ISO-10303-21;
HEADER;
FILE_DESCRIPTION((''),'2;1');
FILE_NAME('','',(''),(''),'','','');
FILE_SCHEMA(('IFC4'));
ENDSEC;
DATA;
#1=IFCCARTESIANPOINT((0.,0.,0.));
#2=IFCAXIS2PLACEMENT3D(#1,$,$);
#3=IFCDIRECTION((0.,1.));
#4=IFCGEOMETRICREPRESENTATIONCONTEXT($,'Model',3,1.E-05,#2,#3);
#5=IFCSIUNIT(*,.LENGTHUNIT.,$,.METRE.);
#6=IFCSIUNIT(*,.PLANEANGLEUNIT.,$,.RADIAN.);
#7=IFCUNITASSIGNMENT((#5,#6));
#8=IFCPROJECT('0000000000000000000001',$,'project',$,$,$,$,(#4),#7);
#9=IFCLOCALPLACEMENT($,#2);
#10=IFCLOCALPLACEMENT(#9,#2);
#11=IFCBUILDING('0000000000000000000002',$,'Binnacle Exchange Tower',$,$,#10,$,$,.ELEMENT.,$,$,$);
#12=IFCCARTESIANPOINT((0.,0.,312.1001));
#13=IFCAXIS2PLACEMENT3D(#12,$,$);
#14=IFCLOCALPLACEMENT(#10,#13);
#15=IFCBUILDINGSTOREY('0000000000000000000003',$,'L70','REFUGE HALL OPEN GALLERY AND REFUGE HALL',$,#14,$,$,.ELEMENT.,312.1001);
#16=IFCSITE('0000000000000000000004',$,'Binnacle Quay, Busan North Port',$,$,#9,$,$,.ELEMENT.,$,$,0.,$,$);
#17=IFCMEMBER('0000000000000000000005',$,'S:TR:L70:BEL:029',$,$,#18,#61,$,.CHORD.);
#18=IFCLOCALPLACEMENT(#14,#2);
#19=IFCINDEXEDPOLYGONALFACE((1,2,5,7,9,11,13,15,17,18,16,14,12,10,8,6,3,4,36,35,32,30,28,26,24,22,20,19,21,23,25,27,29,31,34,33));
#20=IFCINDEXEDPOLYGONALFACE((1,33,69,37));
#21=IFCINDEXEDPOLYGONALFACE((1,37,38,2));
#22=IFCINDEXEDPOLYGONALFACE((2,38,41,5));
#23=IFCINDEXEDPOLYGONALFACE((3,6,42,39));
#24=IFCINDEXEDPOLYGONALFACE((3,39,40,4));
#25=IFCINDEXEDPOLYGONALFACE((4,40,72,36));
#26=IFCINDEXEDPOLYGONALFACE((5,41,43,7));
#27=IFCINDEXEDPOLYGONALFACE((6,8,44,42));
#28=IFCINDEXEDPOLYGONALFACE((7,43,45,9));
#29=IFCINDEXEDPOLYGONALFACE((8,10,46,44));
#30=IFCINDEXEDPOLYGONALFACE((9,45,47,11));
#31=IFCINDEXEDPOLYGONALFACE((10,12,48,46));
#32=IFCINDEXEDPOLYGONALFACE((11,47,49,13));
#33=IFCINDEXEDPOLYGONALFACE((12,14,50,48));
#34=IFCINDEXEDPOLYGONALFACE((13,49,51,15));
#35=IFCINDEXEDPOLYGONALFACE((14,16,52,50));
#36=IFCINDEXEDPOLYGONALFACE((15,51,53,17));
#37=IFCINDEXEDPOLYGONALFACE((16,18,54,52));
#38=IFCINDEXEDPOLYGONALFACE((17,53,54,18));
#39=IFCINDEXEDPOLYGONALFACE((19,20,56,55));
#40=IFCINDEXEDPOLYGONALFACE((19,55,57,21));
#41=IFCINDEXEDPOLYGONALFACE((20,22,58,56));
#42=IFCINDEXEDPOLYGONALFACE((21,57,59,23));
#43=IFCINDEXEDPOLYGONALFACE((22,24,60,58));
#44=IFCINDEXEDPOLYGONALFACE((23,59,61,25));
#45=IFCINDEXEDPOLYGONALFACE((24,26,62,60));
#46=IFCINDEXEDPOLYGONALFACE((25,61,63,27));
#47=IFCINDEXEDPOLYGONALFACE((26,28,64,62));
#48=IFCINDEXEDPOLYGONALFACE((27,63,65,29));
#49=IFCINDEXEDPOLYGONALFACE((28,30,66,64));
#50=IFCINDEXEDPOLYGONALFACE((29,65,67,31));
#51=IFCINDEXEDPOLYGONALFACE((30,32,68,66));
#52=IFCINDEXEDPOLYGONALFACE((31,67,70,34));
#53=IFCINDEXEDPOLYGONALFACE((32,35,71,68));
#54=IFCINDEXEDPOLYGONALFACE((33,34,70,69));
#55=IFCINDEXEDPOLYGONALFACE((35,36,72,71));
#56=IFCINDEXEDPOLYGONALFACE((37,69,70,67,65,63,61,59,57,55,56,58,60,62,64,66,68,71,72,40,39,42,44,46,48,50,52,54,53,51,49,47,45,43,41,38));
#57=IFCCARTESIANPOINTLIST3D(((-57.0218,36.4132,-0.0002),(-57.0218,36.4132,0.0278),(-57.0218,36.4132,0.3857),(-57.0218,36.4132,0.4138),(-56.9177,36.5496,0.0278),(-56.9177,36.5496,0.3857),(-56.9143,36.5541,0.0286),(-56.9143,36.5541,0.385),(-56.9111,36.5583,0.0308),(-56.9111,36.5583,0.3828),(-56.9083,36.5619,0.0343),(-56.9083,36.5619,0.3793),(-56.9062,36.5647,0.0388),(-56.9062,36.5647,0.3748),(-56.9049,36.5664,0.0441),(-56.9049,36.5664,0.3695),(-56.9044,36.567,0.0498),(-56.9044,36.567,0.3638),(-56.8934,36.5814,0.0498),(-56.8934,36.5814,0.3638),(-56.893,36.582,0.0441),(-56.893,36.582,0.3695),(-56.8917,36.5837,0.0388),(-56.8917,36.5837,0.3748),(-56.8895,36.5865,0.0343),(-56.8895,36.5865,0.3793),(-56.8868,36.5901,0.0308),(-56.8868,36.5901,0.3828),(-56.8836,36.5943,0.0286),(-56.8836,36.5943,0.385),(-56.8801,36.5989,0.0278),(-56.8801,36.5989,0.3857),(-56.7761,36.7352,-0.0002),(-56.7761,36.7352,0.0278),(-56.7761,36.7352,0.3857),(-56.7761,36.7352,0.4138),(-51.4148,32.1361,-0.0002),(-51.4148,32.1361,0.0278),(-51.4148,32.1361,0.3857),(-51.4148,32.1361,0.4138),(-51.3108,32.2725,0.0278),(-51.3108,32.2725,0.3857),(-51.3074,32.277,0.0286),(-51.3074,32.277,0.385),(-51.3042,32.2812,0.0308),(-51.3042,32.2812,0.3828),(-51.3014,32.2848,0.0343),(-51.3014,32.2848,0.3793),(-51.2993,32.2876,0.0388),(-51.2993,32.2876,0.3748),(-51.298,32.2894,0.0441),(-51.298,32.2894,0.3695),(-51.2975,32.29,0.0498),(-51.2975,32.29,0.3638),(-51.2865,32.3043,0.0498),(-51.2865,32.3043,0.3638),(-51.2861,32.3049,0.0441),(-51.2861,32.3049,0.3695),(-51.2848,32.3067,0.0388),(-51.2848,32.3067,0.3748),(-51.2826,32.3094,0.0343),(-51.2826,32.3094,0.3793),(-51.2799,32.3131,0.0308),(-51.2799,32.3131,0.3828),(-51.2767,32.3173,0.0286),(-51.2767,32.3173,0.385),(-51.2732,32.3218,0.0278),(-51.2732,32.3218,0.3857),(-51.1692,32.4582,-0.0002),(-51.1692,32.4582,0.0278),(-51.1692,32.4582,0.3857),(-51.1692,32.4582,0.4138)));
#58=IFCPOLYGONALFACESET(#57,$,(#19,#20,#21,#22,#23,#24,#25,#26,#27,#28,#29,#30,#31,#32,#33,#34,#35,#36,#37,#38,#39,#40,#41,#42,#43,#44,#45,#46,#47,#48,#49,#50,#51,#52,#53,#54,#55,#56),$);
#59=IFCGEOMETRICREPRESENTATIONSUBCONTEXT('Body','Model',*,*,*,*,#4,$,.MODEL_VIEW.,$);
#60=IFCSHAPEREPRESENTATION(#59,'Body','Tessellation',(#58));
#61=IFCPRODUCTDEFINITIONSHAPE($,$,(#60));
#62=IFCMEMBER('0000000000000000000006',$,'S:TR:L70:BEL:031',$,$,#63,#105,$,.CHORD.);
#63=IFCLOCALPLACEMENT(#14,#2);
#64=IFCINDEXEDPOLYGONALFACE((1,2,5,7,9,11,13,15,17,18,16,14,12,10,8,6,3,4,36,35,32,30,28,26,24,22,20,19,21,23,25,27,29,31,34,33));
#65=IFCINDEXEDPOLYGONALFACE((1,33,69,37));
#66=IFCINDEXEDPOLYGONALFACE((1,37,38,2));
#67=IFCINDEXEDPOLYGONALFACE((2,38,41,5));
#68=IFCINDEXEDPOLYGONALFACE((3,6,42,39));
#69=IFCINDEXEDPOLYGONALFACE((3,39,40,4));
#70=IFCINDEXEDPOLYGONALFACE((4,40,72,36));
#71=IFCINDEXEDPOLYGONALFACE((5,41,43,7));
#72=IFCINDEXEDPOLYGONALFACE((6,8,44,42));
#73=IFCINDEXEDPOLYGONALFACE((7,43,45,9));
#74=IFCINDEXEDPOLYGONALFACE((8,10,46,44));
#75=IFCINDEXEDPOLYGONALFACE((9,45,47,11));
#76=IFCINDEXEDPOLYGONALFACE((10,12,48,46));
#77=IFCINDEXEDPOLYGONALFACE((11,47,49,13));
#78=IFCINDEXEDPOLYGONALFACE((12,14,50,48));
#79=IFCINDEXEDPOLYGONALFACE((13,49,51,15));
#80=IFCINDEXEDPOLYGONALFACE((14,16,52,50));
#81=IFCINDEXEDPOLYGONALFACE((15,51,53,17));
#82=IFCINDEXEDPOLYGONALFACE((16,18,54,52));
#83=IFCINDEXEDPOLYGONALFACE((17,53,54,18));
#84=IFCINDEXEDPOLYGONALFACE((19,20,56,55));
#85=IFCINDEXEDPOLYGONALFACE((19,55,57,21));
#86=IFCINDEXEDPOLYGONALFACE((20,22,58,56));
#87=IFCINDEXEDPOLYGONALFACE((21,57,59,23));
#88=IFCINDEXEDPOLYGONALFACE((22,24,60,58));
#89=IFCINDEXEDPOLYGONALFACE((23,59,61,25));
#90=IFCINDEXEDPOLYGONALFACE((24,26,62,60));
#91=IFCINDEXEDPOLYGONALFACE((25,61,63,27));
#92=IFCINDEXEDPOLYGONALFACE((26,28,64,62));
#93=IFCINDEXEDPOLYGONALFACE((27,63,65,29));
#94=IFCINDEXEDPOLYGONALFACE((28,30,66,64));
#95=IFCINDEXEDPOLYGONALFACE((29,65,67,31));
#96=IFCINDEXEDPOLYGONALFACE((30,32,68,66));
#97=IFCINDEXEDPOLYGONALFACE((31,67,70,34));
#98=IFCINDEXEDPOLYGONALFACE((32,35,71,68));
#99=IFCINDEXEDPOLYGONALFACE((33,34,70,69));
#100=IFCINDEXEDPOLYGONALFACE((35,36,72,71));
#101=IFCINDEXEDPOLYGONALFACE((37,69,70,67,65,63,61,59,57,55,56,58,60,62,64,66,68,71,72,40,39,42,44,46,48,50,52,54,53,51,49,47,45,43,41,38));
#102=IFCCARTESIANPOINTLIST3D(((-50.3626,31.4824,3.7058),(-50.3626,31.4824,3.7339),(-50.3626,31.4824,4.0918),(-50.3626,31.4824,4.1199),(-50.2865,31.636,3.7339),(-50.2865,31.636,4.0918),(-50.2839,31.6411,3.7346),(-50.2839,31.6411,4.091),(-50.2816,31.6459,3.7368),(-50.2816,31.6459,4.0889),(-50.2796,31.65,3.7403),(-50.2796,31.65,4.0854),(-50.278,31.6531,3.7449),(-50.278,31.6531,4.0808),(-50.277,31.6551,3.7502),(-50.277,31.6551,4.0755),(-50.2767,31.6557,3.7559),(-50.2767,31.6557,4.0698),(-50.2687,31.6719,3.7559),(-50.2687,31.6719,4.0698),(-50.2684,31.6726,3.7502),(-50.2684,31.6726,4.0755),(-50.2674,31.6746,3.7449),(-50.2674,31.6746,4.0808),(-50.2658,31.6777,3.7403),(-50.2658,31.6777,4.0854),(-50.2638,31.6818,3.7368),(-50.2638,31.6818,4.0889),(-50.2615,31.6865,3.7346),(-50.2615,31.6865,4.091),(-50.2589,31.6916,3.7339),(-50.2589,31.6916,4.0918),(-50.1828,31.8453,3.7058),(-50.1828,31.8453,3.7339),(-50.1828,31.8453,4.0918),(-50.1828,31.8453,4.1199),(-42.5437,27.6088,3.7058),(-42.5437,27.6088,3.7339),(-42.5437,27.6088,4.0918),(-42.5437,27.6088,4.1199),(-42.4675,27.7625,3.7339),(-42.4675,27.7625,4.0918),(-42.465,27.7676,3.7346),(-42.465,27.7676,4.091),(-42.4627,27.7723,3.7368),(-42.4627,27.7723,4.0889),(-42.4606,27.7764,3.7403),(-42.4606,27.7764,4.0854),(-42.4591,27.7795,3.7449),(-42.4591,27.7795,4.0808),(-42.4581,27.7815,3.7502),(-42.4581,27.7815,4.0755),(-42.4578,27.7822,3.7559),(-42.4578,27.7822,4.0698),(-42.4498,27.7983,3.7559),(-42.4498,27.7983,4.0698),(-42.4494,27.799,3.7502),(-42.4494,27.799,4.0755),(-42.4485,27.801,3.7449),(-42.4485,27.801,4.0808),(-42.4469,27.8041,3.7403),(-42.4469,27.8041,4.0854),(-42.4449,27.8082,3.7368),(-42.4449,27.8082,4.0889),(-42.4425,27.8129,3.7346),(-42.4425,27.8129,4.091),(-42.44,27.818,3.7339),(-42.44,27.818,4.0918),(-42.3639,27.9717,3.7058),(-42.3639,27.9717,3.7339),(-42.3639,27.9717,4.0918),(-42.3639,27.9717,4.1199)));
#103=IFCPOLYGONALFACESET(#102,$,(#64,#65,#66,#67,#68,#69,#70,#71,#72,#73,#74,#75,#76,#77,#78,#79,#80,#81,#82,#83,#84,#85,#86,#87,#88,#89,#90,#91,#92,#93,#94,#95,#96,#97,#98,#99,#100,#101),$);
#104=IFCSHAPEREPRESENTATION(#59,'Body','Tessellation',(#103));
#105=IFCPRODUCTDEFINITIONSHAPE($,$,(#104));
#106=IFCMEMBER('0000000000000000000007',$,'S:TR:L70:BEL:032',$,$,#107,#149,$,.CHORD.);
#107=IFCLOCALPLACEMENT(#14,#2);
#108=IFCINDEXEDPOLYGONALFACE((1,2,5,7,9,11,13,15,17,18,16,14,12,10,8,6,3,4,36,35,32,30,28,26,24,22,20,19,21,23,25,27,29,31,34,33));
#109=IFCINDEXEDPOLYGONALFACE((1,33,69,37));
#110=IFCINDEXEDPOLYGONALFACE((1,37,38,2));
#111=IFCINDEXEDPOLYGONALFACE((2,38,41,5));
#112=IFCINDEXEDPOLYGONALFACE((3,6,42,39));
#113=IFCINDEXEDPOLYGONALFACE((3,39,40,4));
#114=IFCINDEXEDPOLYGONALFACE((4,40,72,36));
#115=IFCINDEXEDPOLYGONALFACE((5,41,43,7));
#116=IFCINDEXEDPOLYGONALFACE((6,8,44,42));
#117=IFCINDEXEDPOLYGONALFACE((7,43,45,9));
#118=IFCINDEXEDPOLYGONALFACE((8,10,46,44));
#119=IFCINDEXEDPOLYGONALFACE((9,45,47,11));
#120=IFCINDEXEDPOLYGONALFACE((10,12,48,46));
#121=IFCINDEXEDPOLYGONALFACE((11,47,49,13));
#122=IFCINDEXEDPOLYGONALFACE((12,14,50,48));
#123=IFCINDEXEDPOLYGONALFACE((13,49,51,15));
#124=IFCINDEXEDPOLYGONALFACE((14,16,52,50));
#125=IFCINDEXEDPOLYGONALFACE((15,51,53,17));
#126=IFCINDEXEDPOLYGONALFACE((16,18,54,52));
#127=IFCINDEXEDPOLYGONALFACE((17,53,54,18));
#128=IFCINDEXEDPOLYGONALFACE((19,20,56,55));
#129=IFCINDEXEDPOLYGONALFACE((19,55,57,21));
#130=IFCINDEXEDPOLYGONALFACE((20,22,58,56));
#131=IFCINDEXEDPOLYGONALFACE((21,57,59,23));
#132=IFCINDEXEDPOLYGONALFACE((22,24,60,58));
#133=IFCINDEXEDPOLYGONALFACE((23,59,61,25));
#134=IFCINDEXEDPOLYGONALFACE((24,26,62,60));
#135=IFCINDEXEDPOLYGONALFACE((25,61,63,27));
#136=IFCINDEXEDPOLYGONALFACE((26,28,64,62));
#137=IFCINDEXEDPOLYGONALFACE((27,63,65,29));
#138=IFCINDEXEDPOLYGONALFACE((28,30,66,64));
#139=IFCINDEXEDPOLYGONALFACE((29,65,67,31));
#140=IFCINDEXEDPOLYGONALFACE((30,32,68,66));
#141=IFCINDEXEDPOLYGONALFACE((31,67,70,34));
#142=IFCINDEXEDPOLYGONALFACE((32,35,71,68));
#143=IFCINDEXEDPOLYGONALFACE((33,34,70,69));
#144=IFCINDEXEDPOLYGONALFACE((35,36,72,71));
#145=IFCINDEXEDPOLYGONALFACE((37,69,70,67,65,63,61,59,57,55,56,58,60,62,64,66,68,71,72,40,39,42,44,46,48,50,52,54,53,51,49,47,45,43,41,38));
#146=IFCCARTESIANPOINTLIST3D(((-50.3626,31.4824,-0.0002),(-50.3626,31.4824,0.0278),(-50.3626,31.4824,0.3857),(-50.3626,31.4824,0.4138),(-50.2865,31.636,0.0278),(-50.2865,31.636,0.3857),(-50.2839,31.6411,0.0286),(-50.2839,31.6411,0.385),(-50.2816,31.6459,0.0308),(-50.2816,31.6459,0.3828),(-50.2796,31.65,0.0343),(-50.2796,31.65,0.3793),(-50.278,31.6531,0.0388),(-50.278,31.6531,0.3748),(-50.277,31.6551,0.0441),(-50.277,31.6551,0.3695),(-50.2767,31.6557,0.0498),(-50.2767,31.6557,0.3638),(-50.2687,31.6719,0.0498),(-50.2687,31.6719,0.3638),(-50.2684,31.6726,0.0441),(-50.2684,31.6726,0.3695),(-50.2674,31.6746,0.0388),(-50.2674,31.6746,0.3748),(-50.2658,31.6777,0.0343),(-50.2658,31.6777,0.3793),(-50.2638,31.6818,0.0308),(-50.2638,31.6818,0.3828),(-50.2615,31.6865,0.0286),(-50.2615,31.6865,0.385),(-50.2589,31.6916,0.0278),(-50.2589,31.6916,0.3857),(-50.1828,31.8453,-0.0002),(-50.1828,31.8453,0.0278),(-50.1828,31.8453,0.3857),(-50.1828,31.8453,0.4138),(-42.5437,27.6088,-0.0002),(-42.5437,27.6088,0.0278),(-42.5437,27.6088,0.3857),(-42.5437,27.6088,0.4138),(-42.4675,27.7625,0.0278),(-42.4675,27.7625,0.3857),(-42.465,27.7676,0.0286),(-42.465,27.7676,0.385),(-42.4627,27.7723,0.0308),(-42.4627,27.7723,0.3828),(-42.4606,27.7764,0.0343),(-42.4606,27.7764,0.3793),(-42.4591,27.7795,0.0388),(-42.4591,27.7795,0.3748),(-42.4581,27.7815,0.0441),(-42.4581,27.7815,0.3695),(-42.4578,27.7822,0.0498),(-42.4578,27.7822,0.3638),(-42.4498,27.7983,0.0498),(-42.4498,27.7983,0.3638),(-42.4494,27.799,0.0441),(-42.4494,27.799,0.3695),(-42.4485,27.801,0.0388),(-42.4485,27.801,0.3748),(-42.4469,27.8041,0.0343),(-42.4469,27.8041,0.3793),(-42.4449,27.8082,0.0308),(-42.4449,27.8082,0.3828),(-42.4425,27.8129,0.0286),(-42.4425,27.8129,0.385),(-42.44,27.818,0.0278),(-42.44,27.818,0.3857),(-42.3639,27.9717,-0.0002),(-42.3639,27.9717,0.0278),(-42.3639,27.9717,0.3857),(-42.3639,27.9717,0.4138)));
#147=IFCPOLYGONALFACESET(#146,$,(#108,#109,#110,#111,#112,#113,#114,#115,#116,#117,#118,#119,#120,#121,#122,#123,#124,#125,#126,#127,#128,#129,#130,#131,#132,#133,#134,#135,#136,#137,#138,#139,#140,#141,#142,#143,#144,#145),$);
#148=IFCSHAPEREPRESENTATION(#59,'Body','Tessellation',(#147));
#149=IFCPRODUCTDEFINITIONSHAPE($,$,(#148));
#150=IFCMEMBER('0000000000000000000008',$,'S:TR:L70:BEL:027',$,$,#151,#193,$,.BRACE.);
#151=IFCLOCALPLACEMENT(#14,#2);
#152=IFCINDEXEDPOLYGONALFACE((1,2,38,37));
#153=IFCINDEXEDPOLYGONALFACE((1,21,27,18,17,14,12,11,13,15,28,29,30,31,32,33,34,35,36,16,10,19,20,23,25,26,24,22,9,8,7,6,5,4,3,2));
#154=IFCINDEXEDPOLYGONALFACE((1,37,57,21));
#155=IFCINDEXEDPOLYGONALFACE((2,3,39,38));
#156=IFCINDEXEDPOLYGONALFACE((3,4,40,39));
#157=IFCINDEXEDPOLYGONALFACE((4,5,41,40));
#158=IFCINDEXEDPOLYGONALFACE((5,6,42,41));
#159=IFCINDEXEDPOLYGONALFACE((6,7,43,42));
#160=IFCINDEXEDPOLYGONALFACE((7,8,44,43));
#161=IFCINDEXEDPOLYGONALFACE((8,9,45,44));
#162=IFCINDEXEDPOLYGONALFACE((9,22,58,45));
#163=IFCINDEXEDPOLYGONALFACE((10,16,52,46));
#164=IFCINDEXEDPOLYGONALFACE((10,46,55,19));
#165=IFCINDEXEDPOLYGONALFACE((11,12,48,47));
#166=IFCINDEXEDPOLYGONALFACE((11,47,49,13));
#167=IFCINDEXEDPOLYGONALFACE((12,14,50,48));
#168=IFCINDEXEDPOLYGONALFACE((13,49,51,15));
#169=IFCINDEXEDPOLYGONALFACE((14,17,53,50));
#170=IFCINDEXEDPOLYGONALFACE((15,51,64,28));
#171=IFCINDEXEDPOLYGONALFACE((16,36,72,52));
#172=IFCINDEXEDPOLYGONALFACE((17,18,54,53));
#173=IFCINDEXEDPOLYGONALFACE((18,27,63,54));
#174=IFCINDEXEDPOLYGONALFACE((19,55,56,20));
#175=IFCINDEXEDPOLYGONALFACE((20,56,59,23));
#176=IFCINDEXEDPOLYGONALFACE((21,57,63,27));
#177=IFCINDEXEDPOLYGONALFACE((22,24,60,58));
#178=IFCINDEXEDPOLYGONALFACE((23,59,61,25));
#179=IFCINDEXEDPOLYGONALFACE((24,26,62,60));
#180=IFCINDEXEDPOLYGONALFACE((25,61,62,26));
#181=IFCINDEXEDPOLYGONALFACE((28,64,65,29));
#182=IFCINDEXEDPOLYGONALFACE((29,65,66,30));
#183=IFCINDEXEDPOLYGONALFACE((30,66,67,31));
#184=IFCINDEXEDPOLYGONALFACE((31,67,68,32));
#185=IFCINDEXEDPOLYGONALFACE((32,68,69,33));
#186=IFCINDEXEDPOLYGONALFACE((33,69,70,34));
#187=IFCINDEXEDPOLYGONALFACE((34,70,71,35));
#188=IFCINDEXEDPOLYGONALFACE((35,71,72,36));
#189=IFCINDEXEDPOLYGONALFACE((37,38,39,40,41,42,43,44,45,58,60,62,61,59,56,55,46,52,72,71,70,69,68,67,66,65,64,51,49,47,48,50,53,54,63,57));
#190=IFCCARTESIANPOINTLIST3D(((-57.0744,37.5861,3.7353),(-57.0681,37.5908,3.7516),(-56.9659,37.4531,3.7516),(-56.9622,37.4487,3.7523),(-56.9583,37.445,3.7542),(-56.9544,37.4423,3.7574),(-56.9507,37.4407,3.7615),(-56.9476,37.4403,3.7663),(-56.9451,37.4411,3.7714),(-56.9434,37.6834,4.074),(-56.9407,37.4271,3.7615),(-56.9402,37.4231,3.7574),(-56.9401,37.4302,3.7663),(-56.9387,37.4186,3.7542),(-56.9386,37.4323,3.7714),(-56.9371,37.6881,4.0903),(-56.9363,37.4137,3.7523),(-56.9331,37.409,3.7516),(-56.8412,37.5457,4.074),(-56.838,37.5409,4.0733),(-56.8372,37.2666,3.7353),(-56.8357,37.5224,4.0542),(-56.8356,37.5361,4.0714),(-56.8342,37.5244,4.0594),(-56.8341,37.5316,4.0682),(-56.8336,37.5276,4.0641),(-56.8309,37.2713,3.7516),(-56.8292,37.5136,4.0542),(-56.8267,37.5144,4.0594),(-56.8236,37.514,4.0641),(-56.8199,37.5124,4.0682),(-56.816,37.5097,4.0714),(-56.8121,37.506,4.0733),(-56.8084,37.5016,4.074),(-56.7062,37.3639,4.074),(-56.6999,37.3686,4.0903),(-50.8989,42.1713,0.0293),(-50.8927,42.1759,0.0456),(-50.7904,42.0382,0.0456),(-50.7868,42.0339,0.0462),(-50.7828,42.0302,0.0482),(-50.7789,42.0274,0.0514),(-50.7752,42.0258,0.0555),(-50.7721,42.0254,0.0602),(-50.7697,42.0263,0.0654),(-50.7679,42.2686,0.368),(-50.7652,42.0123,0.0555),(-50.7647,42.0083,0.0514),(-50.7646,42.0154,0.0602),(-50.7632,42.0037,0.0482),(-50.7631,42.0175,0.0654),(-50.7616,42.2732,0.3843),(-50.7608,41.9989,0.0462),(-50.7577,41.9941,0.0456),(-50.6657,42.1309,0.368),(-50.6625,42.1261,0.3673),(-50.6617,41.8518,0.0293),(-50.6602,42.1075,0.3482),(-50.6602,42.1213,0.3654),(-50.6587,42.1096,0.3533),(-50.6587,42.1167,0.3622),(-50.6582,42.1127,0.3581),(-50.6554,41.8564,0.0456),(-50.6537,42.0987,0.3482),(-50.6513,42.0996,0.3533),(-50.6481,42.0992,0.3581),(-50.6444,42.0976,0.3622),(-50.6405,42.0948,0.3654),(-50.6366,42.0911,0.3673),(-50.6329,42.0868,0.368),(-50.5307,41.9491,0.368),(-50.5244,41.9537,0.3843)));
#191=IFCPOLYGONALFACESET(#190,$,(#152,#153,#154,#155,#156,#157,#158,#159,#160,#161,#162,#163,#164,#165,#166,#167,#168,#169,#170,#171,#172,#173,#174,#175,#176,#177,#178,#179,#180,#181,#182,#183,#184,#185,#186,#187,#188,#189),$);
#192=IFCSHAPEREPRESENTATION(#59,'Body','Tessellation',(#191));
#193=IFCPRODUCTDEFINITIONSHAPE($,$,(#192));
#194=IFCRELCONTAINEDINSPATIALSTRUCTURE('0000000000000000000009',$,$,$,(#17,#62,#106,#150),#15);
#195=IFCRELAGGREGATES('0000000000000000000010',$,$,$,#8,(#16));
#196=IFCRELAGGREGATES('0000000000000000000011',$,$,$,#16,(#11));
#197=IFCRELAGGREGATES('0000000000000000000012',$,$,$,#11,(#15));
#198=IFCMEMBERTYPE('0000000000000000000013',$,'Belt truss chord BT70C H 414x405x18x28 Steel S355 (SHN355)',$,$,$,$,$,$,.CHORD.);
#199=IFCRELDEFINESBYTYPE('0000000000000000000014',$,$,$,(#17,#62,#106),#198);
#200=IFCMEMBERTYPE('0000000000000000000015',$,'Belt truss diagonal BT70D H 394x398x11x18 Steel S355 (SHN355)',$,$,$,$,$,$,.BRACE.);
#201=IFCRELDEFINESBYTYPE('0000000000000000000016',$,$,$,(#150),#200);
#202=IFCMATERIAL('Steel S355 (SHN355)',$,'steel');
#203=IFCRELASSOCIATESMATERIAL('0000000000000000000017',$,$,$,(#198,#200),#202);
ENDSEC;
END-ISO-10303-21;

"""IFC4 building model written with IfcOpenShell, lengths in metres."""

from ifc_helpers import new_model, si_unit, direction, frame, origin, origin_2d, place, context, subcontext, project, spatial, i_section, extrude, material, material_profile, profile_set, type_object, element, save


model = new_model("IFC4")

# Units and contexts
model_context = context("Model", 3, precision=1e-05, world=origin(), true_north=direction((0.0, 1.0)))
body_context = subcontext(model_context, "Body", "Model", "MODEL_VIEW")
ifc_project = project(units=[si_unit("LENGTHUNIT", "METRE"), si_unit("PLANEANGLEUNIT", "RADIAN")], contexts=[model_context])

# Site, building, storey
site_placement = place(None, origin())
site = spatial("IfcSite", under=ifc_project, at=site_placement, Name="Binnacle Quay, Busan North Port", CompositionType="ELEMENT", RefElevation=0.0)
building_placement = place(site_placement, origin())
building = spatial("IfcBuilding", under=site, at=building_placement, Name="Binnacle Exchange Tower", CompositionType="ELEMENT")
storey_placement = place(building_placement, frame((0.0, 0.0, 312.1001)))
storey = spatial("IfcBuildingStorey", under=building, at=storey_placement, Name="L70", Description="REFUGE HALL OPEN GALLERY AND REFUGE HALL", CompositionType="ELEMENT", Elevation=312.1001)

# Members
ifc_material_1 = material(Name="Steel S355 (SHN355)", Category="steel")
ifc_material_profile_1 = material_profile(ifc_material_1, i_section(OverallWidth=0.405, OverallDepth=0.4141, WebThickness=0.0181, FlangeThickness=0.0281, FilletRadius=0.022, at=origin_2d()), Name="H 414x405x18x28")
ifc_profile_set_1 = profile_set([ifc_material_profile_1], Name="Steel S355 (SHN355)")
member_type_1 = type_object("IfcMemberType", Name="Belt truss chord BT70C H 414x405x18x28 Steel S355 (SHN355)", PredefinedType="CHORD", material=ifc_profile_set_1)
for number, where, z_axis, x_axis, name in (
    (1, (-56.8989, 36.5742, 0.2068), (0.79508, -0.606505, 0.0), (0.606505, 0.79508, 0.0), "S:TR:L70:BEL:029"),
):
    element("IfcMember", number, at=place(storey_placement, frame(where, z_axis=z_axis, x_axis=x_axis)), inside=storey, type_object=member_type_1, Name=name, PredefinedType="CHORD", context=body_context, shape_type="SweptSolid", body=[
        extrude(i_section(OverallWidth=0.405, OverallDepth=0.4141, WebThickness=0.0181, FlangeThickness=0.0281, FilletRadius=0.022, at=origin_2d()), origin(), (0.0, 0.0, 1.0), 7.052),
    ])
for number, where, z_axis, x_axis, name in (
    (2, (-50.2727, 31.6638, 3.9128), (0.896066, -0.44392, 0.0), (0.44392, 0.896066, 0.0), "S:TR:L70:BEL:031"),
    (3, (-50.2727, 31.6638, 0.2068), (0.896066, -0.44392, 0.0), (0.44392, 0.896066, 0.0), "S:TR:L70:BEL:032"),
):
    element("IfcMember", number, at=place(storey_placement, frame(where, z_axis=z_axis, x_axis=x_axis)), inside=storey, type_object=member_type_1, Name=name, PredefinedType="CHORD", context=body_context, shape_type="SweptSolid", body=[
        extrude(i_section(OverallWidth=0.405, OverallDepth=0.4141, WebThickness=0.0181, FlangeThickness=0.0281, FilletRadius=0.022, at=origin_2d()), origin(), (0.0, 0.0, 1.0), 8.7258),
    ])
ifc_material_profile_2 = material_profile(ifc_material_1, i_section(OverallWidth=0.3979, OverallDepth=0.394, WebThickness=0.011, FlangeThickness=0.0181, FilletRadius=0.022, at=origin_2d()), Name="H 394x398x11x18")
ifc_profile_set_2 = profile_set([ifc_material_profile_2], Name="Steel S355 (SHN355)")
member_type_2 = type_object("IfcMemberType", Name="Belt truss diagonal BT70D H 394x398x11x18 Steel S355 (SHN355)", PredefinedType="BRACE", material=ifc_profile_set_2)
member_1_placement = place(storey_placement, frame((-50.7117, 42.0625, 0.2068), z_axis=(-0.723306, -0.53704, 0.43407), x_axis=(0.596128, -0.802889, 0.0)))
element("IfcMember", 4, at=member_1_placement, inside=storey, type_object=member_type_2, Name="S:TR:L70:BEL:027", PredefinedType="BRACE", context=body_context, shape_type="SweptSolid", body=[
    extrude(i_section(OverallWidth=0.3979, OverallDepth=0.394, WebThickness=0.011, FlangeThickness=0.0181, FilletRadius=0.022, at=origin_2d()), origin(), (0.0, 0.0, 1.0), 8.5378),
])

save(model, "model.ifc")
